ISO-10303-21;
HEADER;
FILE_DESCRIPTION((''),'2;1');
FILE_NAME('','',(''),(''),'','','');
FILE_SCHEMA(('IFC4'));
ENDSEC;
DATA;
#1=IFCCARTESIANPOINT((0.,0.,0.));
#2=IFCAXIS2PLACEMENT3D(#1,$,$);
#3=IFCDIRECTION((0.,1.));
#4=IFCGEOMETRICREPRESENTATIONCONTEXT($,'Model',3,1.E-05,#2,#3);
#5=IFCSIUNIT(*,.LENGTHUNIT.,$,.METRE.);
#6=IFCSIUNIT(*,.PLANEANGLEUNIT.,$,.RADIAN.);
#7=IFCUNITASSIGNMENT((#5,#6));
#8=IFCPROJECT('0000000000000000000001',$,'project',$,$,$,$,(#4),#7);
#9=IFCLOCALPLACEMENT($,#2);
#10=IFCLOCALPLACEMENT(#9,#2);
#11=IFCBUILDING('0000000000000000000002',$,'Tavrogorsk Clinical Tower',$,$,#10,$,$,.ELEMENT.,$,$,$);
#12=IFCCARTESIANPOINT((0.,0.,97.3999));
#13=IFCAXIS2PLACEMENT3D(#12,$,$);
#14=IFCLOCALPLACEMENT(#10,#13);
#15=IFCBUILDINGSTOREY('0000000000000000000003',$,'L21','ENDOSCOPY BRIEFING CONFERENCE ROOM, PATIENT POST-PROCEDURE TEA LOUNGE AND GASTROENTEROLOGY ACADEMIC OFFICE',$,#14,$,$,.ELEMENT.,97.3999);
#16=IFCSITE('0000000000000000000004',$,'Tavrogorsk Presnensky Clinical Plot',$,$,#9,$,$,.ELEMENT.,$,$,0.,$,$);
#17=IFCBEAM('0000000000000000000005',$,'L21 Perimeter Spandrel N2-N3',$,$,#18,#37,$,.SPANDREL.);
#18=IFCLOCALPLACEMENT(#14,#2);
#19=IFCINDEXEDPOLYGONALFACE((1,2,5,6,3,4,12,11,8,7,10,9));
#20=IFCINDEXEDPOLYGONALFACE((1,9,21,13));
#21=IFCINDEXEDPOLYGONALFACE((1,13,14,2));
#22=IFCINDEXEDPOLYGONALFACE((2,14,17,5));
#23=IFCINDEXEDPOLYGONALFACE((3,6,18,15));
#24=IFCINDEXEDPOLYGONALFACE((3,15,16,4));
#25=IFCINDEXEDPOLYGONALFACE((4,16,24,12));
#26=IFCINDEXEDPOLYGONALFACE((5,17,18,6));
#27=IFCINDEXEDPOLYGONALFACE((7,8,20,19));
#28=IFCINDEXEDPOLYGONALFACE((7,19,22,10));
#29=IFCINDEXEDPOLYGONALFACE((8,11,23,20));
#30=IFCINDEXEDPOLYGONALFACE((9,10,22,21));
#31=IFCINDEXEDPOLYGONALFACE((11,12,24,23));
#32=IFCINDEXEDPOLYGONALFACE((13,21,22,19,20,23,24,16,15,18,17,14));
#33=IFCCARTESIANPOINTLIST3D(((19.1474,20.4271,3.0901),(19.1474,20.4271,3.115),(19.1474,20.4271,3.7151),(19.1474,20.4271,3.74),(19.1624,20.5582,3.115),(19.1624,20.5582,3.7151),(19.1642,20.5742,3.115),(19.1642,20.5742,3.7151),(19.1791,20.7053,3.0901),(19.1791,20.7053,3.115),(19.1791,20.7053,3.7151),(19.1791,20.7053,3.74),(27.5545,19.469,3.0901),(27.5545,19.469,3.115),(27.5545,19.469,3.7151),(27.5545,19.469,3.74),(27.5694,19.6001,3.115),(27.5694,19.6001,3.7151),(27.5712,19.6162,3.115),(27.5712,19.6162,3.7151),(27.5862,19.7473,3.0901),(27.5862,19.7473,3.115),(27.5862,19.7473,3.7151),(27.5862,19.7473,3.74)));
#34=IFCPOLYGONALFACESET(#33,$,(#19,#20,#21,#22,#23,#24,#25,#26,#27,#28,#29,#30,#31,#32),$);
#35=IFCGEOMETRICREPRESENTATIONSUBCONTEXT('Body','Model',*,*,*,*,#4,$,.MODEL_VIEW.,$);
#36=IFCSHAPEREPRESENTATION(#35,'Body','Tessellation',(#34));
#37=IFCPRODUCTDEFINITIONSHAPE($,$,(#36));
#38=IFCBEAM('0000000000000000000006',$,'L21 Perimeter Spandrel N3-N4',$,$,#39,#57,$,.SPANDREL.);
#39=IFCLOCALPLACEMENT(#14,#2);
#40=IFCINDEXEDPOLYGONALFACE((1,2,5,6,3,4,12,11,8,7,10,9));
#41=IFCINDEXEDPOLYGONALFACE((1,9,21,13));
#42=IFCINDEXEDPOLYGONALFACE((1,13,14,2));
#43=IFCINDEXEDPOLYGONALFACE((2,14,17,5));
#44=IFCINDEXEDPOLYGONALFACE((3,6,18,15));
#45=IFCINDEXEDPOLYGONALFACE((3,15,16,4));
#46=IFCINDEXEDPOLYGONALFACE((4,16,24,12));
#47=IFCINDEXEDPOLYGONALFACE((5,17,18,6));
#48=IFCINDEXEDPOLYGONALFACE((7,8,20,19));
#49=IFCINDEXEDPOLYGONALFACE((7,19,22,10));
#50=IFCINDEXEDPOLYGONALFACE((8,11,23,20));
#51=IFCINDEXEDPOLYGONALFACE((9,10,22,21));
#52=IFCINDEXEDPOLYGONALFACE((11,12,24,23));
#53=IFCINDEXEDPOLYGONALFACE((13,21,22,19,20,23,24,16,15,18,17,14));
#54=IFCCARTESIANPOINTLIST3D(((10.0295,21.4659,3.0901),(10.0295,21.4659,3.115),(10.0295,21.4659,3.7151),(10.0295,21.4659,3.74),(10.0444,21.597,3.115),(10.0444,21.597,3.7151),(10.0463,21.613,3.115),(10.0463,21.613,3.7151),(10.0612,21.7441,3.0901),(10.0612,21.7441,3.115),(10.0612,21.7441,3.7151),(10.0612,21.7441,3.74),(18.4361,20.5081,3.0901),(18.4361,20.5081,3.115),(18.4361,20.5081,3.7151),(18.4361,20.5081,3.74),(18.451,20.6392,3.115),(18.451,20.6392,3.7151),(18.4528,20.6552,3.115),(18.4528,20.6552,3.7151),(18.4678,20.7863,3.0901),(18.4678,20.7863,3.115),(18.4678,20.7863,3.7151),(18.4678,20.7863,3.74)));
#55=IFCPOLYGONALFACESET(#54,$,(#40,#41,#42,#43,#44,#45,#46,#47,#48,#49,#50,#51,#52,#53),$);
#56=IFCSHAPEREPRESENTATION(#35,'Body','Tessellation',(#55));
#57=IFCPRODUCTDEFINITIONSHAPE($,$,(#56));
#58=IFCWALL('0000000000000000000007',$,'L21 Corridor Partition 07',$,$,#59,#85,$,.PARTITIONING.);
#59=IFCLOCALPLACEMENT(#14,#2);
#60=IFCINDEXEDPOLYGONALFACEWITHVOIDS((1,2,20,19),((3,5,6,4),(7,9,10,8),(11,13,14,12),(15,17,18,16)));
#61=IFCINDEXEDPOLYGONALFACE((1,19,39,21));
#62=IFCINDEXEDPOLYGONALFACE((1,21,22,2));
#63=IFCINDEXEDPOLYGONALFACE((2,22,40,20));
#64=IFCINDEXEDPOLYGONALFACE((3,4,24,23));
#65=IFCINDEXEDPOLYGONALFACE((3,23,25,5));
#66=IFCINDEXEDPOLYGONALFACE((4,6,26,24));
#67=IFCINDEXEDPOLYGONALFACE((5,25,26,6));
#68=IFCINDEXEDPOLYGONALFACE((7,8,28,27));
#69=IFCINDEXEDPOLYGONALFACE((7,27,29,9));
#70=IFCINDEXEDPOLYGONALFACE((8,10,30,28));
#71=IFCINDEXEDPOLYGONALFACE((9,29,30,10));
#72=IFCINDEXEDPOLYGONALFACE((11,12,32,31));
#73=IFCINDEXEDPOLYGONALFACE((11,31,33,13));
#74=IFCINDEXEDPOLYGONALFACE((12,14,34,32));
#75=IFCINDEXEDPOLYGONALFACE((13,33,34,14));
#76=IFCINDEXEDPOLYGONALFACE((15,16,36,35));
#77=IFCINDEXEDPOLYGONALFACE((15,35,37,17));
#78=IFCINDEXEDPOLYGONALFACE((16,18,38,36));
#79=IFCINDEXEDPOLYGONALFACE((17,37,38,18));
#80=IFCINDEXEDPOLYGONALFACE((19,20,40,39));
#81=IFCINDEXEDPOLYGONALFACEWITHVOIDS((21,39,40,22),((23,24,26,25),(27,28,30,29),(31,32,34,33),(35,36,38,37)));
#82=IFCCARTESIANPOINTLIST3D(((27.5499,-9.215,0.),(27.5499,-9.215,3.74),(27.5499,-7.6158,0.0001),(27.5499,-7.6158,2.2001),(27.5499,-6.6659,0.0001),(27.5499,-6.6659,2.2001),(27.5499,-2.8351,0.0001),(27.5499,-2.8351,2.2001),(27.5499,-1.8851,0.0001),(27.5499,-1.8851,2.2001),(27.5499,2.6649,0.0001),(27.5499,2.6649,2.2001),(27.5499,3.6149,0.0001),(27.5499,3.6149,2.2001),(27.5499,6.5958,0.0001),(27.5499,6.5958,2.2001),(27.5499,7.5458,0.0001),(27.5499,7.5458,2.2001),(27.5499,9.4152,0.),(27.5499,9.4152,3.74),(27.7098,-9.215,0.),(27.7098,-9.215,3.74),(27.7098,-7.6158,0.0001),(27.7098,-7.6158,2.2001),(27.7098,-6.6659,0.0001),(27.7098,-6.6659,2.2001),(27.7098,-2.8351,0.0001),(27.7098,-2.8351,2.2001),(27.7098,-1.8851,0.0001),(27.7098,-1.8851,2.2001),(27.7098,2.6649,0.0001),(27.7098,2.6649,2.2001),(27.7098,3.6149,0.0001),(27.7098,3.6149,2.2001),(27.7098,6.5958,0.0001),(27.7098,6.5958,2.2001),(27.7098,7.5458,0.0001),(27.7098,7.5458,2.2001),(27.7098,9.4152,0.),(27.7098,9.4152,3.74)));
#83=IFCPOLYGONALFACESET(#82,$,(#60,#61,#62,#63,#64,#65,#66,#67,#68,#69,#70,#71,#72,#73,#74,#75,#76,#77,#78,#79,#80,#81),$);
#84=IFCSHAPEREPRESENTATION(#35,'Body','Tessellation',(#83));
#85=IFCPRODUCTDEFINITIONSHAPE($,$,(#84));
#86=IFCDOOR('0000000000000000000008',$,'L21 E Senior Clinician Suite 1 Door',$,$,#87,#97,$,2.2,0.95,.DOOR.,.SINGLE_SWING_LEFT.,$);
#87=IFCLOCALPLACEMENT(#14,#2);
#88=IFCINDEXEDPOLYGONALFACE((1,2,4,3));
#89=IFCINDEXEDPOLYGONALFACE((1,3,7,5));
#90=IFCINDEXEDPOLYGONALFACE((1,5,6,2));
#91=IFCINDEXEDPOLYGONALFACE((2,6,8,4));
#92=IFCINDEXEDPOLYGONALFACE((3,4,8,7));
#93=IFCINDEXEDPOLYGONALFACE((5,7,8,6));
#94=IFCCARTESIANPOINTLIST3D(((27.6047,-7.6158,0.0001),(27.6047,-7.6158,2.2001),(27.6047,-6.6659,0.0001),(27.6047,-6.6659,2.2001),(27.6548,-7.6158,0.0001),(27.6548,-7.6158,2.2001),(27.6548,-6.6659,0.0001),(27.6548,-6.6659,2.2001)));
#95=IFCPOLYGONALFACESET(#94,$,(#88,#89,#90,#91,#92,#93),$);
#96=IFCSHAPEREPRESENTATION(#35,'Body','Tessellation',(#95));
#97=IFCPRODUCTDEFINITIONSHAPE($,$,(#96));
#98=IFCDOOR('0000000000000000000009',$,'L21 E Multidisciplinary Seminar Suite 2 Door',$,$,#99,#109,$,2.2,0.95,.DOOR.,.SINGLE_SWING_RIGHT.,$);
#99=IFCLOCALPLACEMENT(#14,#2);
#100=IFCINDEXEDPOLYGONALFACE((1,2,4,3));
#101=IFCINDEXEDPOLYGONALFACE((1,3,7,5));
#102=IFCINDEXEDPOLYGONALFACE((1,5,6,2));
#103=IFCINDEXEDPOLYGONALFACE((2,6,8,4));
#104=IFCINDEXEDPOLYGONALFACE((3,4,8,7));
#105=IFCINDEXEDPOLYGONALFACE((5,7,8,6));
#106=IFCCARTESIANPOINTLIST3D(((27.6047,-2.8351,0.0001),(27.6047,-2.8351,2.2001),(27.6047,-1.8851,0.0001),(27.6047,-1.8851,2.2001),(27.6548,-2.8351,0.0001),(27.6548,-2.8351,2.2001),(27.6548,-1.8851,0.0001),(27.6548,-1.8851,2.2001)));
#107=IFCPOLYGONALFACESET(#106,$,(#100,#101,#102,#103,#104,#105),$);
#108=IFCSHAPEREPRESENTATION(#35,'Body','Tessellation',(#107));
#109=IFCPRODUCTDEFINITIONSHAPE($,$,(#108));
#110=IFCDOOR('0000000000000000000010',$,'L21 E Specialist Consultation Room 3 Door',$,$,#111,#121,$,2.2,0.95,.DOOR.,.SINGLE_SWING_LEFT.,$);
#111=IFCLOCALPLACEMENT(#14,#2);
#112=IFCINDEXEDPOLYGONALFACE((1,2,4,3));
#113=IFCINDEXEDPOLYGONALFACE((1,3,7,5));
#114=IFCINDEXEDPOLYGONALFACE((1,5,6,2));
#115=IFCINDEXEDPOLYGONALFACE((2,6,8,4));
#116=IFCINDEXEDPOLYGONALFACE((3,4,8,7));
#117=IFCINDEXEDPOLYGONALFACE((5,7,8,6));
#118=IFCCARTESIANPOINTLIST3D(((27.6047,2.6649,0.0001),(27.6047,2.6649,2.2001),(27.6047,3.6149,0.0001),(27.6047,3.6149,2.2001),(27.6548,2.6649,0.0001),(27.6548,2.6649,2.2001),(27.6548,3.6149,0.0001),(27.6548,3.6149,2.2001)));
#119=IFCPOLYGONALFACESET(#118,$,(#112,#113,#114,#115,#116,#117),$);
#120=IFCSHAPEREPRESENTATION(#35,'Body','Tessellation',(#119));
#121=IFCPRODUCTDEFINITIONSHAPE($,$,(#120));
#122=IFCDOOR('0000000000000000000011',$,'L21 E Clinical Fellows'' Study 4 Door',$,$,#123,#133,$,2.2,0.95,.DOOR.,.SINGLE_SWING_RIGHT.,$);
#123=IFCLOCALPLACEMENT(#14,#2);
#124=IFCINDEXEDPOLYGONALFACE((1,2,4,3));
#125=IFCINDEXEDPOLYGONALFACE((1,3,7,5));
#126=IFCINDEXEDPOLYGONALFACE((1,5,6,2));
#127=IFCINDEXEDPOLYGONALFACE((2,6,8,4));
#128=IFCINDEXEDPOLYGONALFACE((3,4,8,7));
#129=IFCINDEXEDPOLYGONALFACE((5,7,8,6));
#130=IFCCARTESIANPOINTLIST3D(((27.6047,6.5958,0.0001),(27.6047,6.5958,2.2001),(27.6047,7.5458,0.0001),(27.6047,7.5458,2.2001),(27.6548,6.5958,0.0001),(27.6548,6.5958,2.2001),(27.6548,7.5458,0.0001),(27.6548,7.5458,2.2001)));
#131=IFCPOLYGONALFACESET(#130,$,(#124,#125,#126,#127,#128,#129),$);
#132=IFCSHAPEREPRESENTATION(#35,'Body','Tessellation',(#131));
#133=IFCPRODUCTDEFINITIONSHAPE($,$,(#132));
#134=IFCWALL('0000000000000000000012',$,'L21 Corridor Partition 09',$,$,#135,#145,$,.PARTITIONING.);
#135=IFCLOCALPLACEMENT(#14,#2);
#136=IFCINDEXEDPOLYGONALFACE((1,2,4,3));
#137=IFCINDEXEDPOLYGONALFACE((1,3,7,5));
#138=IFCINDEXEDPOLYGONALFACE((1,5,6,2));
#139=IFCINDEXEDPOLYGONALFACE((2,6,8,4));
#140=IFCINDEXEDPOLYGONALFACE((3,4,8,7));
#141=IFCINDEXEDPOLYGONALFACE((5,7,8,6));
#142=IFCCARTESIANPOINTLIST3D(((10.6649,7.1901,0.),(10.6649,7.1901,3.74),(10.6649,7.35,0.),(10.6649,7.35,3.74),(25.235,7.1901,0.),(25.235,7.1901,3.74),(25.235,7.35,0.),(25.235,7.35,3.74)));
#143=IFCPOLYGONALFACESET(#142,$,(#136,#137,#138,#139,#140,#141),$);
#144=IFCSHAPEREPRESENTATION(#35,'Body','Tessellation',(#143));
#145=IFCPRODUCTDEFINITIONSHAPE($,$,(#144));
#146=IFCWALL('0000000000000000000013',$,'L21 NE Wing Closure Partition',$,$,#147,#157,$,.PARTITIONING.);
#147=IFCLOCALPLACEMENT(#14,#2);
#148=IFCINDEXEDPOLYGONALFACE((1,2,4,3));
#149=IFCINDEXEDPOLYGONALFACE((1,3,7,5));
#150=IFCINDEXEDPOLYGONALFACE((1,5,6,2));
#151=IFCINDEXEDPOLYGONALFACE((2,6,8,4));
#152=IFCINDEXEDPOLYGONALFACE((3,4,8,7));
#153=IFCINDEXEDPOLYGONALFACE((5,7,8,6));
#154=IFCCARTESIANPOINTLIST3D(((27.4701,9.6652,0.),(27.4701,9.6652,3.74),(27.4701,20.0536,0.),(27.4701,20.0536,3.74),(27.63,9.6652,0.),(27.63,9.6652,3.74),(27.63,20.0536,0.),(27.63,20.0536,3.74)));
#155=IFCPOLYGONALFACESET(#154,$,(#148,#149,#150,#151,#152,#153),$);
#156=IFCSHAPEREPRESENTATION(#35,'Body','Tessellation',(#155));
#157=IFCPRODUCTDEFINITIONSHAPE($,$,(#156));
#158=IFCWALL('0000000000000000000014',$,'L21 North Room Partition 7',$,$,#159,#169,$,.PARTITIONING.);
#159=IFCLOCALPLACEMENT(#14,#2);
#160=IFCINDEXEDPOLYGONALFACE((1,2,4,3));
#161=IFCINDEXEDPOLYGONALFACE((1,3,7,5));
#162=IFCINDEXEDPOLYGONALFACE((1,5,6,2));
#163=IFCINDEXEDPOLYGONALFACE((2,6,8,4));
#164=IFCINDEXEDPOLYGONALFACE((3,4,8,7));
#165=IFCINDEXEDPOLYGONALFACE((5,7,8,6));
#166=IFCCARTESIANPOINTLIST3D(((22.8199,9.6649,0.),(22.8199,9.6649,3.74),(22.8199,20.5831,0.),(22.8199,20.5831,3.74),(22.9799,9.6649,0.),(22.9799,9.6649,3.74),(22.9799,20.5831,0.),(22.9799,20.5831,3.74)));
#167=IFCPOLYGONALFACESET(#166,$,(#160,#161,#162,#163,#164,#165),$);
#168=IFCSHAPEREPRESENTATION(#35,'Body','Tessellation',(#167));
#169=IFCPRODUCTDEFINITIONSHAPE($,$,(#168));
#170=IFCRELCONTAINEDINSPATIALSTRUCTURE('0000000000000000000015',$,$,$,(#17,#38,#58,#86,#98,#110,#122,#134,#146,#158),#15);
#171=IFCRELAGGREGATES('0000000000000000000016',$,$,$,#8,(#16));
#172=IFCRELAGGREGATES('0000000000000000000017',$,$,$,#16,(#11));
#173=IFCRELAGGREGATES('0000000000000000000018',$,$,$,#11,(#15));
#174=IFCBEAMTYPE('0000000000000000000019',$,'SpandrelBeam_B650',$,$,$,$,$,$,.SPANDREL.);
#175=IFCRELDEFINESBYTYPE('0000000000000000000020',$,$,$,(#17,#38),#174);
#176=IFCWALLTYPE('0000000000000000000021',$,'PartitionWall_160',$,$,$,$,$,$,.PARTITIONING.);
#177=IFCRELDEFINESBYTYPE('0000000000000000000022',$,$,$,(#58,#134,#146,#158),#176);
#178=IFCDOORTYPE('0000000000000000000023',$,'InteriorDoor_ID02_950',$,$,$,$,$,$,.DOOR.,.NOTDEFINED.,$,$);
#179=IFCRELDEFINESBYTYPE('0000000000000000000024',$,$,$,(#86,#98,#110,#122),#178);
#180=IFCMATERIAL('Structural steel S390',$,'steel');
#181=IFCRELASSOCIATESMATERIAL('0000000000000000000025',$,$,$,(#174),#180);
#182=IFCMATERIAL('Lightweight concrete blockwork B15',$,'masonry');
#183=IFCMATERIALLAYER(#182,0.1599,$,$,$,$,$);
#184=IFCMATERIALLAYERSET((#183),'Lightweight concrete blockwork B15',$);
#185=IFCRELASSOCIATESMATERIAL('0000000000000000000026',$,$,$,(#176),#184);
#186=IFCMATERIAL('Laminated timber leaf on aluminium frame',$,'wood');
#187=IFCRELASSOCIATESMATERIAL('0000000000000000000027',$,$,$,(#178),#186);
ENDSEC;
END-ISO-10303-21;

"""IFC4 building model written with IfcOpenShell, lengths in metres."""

from ifc_helpers import new_model, si_unit, direction, frame, frame_2d, origin, origin_2d, place, context, subcontext, project, spatial, rectangle, i_section, extrude, material, layer, layer_set, material_profile, profile_set, type_object, element, fill, save


model = new_model("IFC4")

# Units and contexts
model_context = context("Model", 3, precision=1e-05, world=origin(), true_north=direction((0.0, 1.0)))
body_context = subcontext(model_context, "Body", "Model", "MODEL_VIEW")
ifc_project = project(units=[si_unit("LENGTHUNIT", "METRE"), si_unit("PLANEANGLEUNIT", "RADIAN")], contexts=[model_context])

# Site, building, storey
site_placement = place(None, origin())
site = spatial("IfcSite", under=ifc_project, at=site_placement, Name="Tavrogorsk Presnensky Clinical Plot", CompositionType="ELEMENT", RefElevation=0.0)
building_placement = place(site_placement, origin())
building = spatial("IfcBuilding", under=site, at=building_placement, Name="Tavrogorsk Clinical Tower", CompositionType="ELEMENT")
storey_placement = place(building_placement, frame((0.0, 0.0, 97.3999)))
storey = spatial("IfcBuildingStorey", under=building, at=storey_placement, Name="L21", Description="ENDOSCOPY BRIEFING CONFERENCE ROOM, PATIENT POST-PROCEDURE TEA LOUNGE AND GASTROENTEROLOGY ACADEMIC OFFICE", CompositionType="ELEMENT", Elevation=97.3999)

# Beams
ifc_material_1 = material(Name="Structural steel S390", Category="steel")
ifc_material_profile_1 = material_profile(ifc_material_1, i_section(OverallWidth=0.28, OverallDepth=0.6499, WebThickness=0.0161, FlangeThickness=0.0249, at=origin_2d()), Name="B-650x280x16x25")
ifc_profile_set_1 = profile_set([ifc_material_profile_1], Name="Structural steel S390")
beam_type_1 = type_object("IfcBeamType", Name="SpandrelBeam_B650", PredefinedType="SPANDREL", material=ifc_profile_set_1)
beam_1_placement = place(storey_placement, frame((27.5703, 19.6082, 3.415), z_axis=(-0.99357, 0.113221, 0.0), x_axis=(-0.113221, -0.99357, 0.0)))
element("IfcBeam", 1, at=beam_1_placement, inside=storey, type_object=beam_type_1, Name="L21 Perimeter Spandrel N2-N3", PredefinedType="SPANDREL", context=body_context, shape_type="SweptSolid", body=[
    extrude(i_section(OverallWidth=0.28, OverallDepth=0.6499, WebThickness=0.0161, FlangeThickness=0.0249, at=origin_2d()), origin(), (0.0, 0.0, 1.0), 8.4614),
])
beam_2_placement = place(storey_placement, frame((18.4519, 20.6472, 3.415), z_axis=(-0.993572, 0.113199, 0.0), x_axis=(-0.113199, -0.993572, 0.0)))
element("IfcBeam", 2, at=beam_2_placement, inside=storey, type_object=beam_type_1, Name="L21 Perimeter Spandrel N3-N4", PredefinedType="SPANDREL", context=body_context, shape_type="SweptSolid", body=[
    extrude(i_section(OverallWidth=0.28, OverallDepth=0.6499, WebThickness=0.0161, FlangeThickness=0.0249, at=origin_2d()), origin(), (0.0, 0.0, 1.0), 8.4609),
])

# Wall, openings, doors
ifc_material_2 = material(Name="Lightweight concrete blockwork B15", Category="masonry")
ifc_layer_1 = layer(ifc_material_2, 0.1599)
ifc_layer_set_1 = layer_set([ifc_layer_1], Name="Lightweight concrete blockwork B15")
wall_type = type_object("IfcWallType", Name="PartitionWall_160", PredefinedType="PARTITIONING", material=ifc_layer_set_1)
wall_1_placement = place(storey_placement, frame((27.6299, 9.415, 0.0), z_axis=(0.0, 0.0, 1.0), x_axis=(0.0, -1.0, 0.0)))
wall_1 = element("IfcWall", 3, at=wall_1_placement, inside=storey, type_object=wall_type, Name="L21 Corridor Partition 07", PredefinedType="PARTITIONING", context=body_context, shape_type="SweptSolid", body=[
    extrude(rectangle(XDim=18.6301, YDim=0.1599, at=frame_2d((9.3149, 0.0))), origin(), (0.0, 0.0, 1.0), 3.74),
])
opening_1_placement = place(wall_1_placement, frame((16.0808, 0.0, 0.0)))
opening_1 = element("IfcOpeningElement", 4, at=opening_1_placement, cuts=wall_1, PredefinedType="OPENING", context=body_context, shape_type="SweptSolid", body=[
    extrude(rectangle(XDim=0.95, YDim=2.2, at=frame_2d((0.4751, 1.1001))), frame((0.0, 0.0898, 0.0), z_axis=(0.0, -1.0, 0.0), x_axis=(1.0, 0.0, 0.0)), (0.0, 0.0, 1.0), 0.1799),
])
opening_2_placement = place(wall_1_placement, frame((11.3, 0.0, 0.0)))
opening_2 = element("IfcOpeningElement", 5, at=opening_2_placement, cuts=wall_1, PredefinedType="OPENING", context=body_context, shape_type="SweptSolid", body=[
    extrude(rectangle(XDim=0.95, YDim=2.2, at=frame_2d((0.4751, 1.1001))), frame((0.0, 0.0898, 0.0), z_axis=(0.0, -1.0, 0.0), x_axis=(1.0, 0.0, 0.0)), (0.0, 0.0, 1.0), 0.1799),
])
opening_3_placement = place(wall_1_placement, frame((5.8, 0.0, 0.0)))
opening_3 = element("IfcOpeningElement", 6, at=opening_3_placement, cuts=wall_1, PredefinedType="OPENING", context=body_context, shape_type="SweptSolid", body=[
    extrude(rectangle(XDim=0.95, YDim=2.2, at=frame_2d((0.4751, 1.1001))), frame((0.0, 0.0898, 0.0), z_axis=(0.0, -1.0, 0.0), x_axis=(1.0, 0.0, 0.0)), (0.0, 0.0, 1.0), 0.1799),
])
opening_4_placement = place(wall_1_placement, frame((1.8691, 0.0, 0.0)))
opening_4 = element("IfcOpeningElement", 7, at=opening_4_placement, cuts=wall_1, PredefinedType="OPENING", context=body_context, shape_type="SweptSolid", body=[
    extrude(rectangle(XDim=0.95, YDim=2.2, at=frame_2d((0.4751, 1.1001))), frame((0.0, 0.0898, 0.0), z_axis=(0.0, -1.0, 0.0), x_axis=(1.0, 0.0, 0.0)), (0.0, 0.0, 1.0), 0.1799),
])
ifc_material_3 = material(Name="Laminated timber leaf on aluminium frame", Category="wood")
door_type = type_object("IfcDoorType", Name="InteriorDoor_ID02_950", OperationType="NOTDEFINED", PredefinedType="DOOR", material=ifc_material_3)
door_1_placement = place(opening_1_placement, origin())
door_1 = element("IfcDoor", 8, at=door_1_placement, inside=storey, type_object=door_type, Name="L21 E Senior Clinician Suite 1 Door", OperationType="SINGLE_SWING_LEFT", OverallHeight=2.2, OverallWidth=0.95, PredefinedType="DOOR", context=body_context, shape_type="SweptSolid", body=[
    extrude(rectangle(XDim=0.95, YDim=2.2, at=frame_2d((0.4751, 1.1001))), frame((0.0, 0.0249, 0.0), z_axis=(0.0, -1.0, 0.0), x_axis=(1.0, 0.0, 0.0)), (0.0, 0.0, 1.0), 0.05),
])
fill(opening_1, door_1)
door_2_placement = place(opening_2_placement, origin())
door_2 = element("IfcDoor", 9, at=door_2_placement, inside=storey, type_object=door_type, Name="L21 E Multidisciplinary Seminar Suite 2 Door", OperationType="SINGLE_SWING_RIGHT", OverallHeight=2.2, OverallWidth=0.95, PredefinedType="DOOR", context=body_context, shape_type="SweptSolid", body=[
    extrude(rectangle(XDim=0.95, YDim=2.2, at=frame_2d((0.4751, 1.1001))), frame((0.0, 0.0249, 0.0), z_axis=(0.0, -1.0, 0.0), x_axis=(1.0, 0.0, 0.0)), (0.0, 0.0, 1.0), 0.05),
])
fill(opening_2, door_2)
door_3_placement = place(opening_3_placement, origin())
door_3 = element("IfcDoor", 10, at=door_3_placement, inside=storey, type_object=door_type, Name="L21 E Specialist Consultation Room 3 Door", OperationType="SINGLE_SWING_LEFT", OverallHeight=2.2, OverallWidth=0.95, PredefinedType="DOOR", context=body_context, shape_type="SweptSolid", body=[
    extrude(rectangle(XDim=0.95, YDim=2.2, at=frame_2d((0.4751, 1.1001))), frame((0.0, 0.0249, 0.0), z_axis=(0.0, -1.0, 0.0), x_axis=(1.0, 0.0, 0.0)), (0.0, 0.0, 1.0), 0.05),
])
fill(opening_3, door_3)
door_4_placement = place(opening_4_placement, origin())
door_4 = element("IfcDoor", 11, at=door_4_placement, inside=storey, type_object=door_type, Name="L21 E Clinical Fellows' Study 4 Door", OperationType="SINGLE_SWING_RIGHT", OverallHeight=2.2, OverallWidth=0.95, PredefinedType="DOOR", context=body_context, shape_type="SweptSolid", body=[
    extrude(rectangle(XDim=0.95, YDim=2.2, at=frame_2d((0.4751, 1.1001))), frame((0.0, 0.0249, 0.0), z_axis=(0.0, -1.0, 0.0), x_axis=(1.0, 0.0, 0.0)), (0.0, 0.0, 1.0), 0.05),
])
fill(opening_4, door_4)

# Walls
wall_2_placement = place(storey_placement, frame((25.2351, 7.27, 0.0), z_axis=(0.0, 0.0, 1.0), x_axis=(-1.0, 0.0, 0.0)))
element("IfcWall", 12, at=wall_2_placement, inside=storey, type_object=wall_type, Name="L21 Corridor Partition 09", PredefinedType="PARTITIONING", context=body_context, shape_type="SweptSolid", body=[
    extrude(rectangle(XDim=14.5701, YDim=0.1599, at=frame_2d((7.2852, 0.0))), origin(), (0.0, 0.0, 1.0), 3.74),
])
wall_3_placement = place(storey_placement, frame((27.55, 9.665, 0.0), z_axis=(0.0, 0.0, 1.0), x_axis=(0.0, 1.0, 0.0)))
element("IfcWall", 13, at=wall_3_placement, inside=storey, type_object=wall_type, Name="L21 NE Wing Closure Partition", PredefinedType="PARTITIONING", context=body_context, shape_type="SweptSolid", body=[
    extrude(rectangle(XDim=10.3884, YDim=0.1599, at=frame_2d((5.1943, 0.0))), origin(), (0.0, 0.0, 1.0), 3.74),
])
wall_4_placement = place(storey_placement, frame((22.8999, 9.665, 0.0), z_axis=(0.0, 0.0, 1.0), x_axis=(0.0, 1.0, 0.0)))
element("IfcWall", 14, at=wall_4_placement, inside=storey, type_object=wall_type, Name="L21 North Room Partition 7", PredefinedType="PARTITIONING", context=body_context, shape_type="SweptSolid", body=[
    extrude(rectangle(XDim=10.9182, YDim=0.1599, at=frame_2d((5.459, 0.0))), origin(), (0.0, 0.0, 1.0), 3.74),
])

save(model, "model.ifc")
